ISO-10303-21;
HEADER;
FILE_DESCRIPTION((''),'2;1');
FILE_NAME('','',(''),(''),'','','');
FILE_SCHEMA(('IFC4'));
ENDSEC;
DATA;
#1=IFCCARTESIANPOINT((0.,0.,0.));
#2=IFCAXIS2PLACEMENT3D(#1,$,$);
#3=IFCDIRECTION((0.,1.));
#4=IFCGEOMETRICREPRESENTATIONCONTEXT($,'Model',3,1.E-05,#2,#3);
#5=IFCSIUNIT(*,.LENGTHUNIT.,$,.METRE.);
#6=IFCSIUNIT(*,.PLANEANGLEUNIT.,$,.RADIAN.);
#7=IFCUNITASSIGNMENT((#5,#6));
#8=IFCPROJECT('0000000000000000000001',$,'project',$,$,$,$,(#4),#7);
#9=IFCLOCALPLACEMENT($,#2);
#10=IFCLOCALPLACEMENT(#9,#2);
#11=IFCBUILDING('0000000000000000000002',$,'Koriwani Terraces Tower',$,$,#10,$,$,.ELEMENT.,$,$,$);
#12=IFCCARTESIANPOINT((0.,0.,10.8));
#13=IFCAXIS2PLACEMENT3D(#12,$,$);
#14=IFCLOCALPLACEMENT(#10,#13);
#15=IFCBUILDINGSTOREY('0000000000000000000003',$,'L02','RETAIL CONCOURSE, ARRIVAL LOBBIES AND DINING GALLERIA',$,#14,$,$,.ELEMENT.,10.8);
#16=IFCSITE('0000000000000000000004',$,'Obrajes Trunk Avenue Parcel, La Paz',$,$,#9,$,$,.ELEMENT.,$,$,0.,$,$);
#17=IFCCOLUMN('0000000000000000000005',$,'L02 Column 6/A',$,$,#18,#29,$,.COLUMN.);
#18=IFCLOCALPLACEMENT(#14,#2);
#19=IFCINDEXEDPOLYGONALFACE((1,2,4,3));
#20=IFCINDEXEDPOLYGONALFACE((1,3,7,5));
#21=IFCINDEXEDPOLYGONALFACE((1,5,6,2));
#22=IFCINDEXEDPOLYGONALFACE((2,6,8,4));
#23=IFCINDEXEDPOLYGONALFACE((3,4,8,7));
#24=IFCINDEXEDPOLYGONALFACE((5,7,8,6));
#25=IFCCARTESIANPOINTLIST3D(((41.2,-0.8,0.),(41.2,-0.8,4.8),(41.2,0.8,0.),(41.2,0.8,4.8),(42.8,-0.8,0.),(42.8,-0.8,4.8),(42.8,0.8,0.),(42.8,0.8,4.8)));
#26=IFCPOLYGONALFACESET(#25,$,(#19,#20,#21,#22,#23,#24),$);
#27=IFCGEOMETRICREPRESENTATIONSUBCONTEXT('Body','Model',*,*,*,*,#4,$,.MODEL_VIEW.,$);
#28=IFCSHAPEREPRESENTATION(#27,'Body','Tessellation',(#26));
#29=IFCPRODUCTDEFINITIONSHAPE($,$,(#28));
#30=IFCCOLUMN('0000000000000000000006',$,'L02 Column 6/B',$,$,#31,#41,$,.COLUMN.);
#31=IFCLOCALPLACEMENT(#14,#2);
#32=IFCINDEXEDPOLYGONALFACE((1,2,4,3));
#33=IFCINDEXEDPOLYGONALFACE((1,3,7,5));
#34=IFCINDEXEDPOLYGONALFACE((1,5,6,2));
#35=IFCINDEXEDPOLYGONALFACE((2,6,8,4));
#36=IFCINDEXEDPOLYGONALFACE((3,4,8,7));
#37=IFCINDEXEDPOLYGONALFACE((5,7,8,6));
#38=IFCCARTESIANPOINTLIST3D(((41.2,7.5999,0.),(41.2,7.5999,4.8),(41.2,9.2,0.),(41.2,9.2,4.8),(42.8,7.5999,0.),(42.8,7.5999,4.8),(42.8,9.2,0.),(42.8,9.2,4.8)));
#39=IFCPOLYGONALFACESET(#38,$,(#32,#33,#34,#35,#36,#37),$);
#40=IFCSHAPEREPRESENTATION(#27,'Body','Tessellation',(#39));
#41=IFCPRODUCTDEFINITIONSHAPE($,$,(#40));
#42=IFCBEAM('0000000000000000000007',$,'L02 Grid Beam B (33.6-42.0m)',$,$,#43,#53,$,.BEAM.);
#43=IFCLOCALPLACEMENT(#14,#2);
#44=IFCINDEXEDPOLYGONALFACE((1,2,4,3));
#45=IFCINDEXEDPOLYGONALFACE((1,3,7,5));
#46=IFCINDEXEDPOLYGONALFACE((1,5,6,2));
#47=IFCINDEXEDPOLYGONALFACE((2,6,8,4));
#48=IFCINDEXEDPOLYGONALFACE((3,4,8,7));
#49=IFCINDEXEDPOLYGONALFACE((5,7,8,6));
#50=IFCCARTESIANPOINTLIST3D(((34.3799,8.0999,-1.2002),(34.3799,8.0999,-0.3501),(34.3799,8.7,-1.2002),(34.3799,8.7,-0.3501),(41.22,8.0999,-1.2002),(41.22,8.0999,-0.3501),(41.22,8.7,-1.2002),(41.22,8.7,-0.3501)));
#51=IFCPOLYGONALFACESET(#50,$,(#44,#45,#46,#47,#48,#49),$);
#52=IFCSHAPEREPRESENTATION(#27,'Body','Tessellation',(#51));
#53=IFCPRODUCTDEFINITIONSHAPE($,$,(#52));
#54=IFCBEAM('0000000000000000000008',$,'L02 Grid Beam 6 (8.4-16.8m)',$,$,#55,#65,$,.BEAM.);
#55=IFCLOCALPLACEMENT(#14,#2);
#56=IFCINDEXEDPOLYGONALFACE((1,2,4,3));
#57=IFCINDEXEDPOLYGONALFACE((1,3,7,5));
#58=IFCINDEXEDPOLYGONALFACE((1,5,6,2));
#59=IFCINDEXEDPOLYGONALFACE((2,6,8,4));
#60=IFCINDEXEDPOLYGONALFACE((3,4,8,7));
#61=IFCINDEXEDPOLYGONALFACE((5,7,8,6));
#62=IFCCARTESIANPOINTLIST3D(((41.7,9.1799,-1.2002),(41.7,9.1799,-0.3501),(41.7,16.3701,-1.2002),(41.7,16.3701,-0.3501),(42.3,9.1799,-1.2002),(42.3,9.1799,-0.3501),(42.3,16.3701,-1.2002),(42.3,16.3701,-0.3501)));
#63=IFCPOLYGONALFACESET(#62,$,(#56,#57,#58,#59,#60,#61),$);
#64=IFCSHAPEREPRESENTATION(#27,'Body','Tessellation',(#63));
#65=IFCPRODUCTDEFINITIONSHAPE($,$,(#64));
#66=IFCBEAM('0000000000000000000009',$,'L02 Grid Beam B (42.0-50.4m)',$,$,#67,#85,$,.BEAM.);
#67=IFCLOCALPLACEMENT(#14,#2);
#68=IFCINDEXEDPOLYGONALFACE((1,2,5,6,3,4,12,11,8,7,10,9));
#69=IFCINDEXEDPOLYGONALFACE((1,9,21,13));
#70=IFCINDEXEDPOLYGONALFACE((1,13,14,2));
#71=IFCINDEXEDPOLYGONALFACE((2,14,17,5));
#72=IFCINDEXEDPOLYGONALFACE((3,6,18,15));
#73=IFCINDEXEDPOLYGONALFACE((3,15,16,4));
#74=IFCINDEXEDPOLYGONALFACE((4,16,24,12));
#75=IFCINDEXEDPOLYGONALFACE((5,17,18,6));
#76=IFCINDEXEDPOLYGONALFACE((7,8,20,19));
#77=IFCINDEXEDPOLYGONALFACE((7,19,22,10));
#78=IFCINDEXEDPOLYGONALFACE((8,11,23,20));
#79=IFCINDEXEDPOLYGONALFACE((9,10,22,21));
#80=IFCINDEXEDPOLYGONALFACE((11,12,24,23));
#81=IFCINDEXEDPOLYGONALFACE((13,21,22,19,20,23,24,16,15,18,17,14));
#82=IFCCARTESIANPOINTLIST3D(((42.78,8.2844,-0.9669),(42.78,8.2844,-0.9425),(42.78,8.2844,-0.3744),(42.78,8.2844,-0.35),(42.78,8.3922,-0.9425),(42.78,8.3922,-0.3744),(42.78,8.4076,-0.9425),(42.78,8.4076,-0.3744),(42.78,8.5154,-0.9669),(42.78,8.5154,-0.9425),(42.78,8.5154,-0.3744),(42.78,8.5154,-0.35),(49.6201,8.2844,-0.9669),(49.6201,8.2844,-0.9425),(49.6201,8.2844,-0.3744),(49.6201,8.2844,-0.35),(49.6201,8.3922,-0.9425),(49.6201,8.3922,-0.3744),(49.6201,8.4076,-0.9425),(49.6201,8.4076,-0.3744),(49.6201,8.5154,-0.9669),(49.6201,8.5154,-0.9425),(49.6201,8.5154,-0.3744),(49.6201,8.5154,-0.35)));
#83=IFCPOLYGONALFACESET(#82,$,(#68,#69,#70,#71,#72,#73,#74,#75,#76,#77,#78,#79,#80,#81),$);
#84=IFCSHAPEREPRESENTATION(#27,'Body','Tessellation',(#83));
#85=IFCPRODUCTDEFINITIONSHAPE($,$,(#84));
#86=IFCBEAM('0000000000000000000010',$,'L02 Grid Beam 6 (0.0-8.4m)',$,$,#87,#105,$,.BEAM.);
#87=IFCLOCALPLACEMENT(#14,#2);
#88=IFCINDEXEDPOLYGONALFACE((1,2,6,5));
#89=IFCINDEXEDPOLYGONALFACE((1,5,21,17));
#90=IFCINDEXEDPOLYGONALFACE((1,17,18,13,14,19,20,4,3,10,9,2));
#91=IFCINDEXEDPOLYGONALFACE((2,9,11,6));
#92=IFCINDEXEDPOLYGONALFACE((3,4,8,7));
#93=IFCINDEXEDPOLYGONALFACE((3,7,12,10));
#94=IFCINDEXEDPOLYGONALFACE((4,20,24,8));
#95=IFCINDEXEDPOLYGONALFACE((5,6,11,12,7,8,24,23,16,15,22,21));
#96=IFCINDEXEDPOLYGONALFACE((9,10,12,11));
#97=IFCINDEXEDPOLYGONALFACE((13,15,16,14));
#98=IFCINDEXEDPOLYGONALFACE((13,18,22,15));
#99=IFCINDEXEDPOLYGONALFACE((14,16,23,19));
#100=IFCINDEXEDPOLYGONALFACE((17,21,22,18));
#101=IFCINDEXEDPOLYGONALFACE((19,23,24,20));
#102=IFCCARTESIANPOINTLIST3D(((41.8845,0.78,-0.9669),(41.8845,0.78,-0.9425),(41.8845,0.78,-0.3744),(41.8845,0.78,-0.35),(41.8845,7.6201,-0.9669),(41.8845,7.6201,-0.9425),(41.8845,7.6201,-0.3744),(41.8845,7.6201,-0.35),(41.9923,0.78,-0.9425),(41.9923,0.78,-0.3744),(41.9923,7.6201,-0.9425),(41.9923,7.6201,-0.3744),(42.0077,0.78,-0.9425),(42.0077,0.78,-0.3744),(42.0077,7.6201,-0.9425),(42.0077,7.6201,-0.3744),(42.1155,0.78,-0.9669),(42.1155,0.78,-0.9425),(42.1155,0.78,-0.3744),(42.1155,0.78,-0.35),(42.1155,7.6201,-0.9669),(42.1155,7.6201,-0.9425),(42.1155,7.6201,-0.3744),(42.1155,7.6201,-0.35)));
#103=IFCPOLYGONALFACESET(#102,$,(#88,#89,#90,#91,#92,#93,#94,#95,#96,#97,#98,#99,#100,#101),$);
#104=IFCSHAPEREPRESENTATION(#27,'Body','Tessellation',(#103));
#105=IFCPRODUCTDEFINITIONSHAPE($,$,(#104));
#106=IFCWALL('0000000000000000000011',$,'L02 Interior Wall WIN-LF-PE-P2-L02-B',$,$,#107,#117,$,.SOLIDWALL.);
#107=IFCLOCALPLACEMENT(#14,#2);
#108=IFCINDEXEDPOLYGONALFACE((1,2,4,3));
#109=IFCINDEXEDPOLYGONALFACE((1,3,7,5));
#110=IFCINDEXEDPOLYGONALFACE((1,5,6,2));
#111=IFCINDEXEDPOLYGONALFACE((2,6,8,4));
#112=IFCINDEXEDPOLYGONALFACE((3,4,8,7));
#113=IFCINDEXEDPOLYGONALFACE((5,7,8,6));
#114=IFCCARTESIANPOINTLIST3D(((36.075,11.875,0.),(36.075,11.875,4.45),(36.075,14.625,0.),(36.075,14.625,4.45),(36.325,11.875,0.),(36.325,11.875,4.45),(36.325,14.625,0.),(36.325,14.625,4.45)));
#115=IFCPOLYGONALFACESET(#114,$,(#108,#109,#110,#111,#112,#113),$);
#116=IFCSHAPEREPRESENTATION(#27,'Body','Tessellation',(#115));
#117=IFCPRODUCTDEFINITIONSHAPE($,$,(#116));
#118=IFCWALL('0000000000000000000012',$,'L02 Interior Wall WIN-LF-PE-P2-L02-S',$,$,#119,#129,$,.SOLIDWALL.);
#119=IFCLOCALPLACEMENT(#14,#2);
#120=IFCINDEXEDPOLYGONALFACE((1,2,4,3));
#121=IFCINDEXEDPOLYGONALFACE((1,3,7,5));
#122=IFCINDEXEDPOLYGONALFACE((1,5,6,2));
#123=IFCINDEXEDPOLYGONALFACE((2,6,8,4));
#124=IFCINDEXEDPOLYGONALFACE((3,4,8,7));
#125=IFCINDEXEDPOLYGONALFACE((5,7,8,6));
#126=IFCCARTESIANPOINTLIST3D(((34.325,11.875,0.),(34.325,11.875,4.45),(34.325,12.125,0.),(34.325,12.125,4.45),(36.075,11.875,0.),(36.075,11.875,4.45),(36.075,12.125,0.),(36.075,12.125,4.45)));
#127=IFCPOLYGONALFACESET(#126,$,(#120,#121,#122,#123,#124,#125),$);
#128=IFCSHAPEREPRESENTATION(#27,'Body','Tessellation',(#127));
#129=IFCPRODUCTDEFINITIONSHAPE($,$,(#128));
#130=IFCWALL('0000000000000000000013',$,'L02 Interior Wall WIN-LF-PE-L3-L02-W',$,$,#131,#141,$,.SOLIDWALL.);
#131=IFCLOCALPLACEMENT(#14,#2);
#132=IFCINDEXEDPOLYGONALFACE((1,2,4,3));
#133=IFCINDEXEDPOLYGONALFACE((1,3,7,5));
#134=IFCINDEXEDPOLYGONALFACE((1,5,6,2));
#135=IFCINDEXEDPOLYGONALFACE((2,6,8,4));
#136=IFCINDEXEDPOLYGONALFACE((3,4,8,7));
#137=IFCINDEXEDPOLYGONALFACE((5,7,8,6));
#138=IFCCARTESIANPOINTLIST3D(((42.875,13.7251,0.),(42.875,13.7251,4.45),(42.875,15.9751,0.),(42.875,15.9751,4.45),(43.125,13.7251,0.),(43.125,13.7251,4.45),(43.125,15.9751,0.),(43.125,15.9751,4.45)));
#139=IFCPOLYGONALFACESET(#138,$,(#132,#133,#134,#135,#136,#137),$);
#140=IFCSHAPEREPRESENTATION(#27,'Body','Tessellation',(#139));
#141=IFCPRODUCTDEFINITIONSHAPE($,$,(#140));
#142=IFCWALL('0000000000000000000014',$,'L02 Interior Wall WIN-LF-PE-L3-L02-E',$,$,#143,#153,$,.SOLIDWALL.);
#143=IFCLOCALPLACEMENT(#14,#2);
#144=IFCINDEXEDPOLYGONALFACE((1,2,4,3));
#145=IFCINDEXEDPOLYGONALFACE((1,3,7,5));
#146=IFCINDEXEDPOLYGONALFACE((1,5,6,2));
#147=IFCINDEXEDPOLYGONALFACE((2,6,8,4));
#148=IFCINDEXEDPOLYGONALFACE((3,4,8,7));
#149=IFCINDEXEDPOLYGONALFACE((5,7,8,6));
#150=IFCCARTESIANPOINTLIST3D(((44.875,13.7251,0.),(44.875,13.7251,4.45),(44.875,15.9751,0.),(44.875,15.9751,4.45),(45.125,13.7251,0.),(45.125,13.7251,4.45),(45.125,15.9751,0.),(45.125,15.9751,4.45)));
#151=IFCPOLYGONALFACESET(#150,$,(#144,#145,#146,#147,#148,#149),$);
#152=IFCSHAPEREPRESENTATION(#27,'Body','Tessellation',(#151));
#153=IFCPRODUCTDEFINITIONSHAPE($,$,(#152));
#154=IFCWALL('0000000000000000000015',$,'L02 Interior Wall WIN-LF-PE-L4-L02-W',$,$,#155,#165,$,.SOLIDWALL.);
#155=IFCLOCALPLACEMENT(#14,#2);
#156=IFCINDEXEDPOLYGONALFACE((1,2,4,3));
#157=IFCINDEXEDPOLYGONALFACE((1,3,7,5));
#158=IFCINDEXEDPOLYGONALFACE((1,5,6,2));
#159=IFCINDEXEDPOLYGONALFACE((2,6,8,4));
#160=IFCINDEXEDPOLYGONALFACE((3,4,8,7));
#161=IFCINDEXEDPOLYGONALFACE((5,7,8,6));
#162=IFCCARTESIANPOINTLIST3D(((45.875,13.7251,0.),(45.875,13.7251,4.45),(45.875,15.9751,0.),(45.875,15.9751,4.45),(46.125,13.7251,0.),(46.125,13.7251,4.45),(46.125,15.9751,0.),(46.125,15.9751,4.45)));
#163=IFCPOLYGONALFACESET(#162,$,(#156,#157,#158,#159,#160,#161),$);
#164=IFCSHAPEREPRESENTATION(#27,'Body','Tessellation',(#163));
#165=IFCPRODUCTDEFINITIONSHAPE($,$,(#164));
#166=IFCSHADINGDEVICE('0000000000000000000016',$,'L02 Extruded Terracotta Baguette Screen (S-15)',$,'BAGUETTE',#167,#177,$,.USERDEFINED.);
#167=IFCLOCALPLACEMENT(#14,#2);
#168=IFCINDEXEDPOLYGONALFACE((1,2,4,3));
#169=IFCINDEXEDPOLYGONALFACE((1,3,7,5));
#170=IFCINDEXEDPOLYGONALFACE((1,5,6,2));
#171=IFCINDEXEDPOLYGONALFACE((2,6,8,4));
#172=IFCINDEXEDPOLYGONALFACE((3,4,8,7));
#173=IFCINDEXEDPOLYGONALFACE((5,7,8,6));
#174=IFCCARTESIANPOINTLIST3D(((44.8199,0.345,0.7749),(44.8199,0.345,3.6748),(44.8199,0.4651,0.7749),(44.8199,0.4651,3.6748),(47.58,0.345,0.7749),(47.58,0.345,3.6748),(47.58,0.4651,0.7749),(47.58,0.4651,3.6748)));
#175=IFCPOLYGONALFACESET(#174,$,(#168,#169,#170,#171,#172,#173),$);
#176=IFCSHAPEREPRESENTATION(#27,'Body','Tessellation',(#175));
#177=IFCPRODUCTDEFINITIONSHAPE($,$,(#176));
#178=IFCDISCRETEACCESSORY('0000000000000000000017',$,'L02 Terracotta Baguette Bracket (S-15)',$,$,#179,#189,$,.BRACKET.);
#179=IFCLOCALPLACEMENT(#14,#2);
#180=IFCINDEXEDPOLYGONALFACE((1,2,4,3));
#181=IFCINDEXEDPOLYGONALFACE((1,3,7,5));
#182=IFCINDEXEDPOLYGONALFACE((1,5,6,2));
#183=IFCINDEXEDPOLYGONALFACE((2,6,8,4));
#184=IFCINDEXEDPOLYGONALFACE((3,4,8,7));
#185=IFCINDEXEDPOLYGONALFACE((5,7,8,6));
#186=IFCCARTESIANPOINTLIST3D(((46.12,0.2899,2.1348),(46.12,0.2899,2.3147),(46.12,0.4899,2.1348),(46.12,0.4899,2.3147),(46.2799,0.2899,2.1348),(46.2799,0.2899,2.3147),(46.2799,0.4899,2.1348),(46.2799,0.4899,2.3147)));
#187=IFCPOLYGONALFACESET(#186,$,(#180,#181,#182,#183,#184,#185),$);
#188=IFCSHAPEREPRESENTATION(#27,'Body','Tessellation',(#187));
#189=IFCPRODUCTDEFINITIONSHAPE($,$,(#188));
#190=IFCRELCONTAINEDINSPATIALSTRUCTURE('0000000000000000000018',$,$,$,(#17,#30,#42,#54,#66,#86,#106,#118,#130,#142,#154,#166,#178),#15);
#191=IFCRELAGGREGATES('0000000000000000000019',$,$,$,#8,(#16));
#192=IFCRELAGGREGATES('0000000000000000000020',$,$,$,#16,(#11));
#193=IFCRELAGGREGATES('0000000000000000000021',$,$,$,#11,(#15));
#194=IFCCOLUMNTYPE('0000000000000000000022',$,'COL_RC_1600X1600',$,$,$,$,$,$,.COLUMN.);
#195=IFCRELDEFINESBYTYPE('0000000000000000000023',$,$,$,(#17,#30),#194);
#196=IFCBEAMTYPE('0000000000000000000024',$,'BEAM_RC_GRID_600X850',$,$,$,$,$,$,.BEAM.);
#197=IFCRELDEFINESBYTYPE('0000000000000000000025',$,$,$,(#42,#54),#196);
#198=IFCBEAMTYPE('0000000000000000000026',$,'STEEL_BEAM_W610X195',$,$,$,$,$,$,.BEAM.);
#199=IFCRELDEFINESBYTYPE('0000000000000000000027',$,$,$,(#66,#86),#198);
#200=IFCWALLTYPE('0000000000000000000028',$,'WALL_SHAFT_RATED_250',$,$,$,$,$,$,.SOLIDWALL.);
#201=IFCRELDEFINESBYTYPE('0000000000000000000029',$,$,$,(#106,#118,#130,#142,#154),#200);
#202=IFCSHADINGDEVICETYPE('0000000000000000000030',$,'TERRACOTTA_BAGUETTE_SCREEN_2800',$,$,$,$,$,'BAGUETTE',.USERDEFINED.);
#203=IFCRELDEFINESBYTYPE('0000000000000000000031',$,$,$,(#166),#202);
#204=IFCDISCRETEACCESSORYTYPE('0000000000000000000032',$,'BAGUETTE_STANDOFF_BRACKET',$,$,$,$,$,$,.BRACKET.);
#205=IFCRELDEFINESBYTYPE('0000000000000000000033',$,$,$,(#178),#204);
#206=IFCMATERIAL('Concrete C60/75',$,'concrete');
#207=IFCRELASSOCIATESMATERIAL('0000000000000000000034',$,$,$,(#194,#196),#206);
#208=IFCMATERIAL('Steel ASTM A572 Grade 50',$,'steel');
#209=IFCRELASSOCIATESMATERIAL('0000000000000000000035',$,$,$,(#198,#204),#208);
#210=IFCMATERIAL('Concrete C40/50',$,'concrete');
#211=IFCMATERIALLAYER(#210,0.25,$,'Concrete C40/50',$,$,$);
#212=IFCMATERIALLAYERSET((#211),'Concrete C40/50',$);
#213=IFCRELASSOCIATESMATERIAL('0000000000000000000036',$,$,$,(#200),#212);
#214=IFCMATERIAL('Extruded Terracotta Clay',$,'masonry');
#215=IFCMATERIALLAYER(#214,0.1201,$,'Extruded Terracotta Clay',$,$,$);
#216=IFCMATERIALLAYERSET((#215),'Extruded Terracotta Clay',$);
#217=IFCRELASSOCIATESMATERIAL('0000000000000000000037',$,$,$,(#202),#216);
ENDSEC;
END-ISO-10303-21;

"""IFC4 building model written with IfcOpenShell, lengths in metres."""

from ifc_helpers import new_model, si_unit, direction, frame, frame_2d, origin, origin_2d, place, context, subcontext, project, spatial, rectangle, i_section, extrude, material, layer, layer_set, material_profile, profile_set, type_object, element, save


model = new_model("IFC4")

# Units and contexts
model_context = context("Model", 3, precision=1e-05, world=origin(), true_north=direction((0.0, 1.0)))
body_context = subcontext(model_context, "Body", "Model", "MODEL_VIEW")
ifc_project = project(units=[si_unit("LENGTHUNIT", "METRE"), si_unit("PLANEANGLEUNIT", "RADIAN")], contexts=[model_context])

# Site, building, storey
site_placement = place(None, origin())
site = spatial("IfcSite", under=ifc_project, at=site_placement, Name="Obrajes Trunk Avenue Parcel, La Paz", CompositionType="ELEMENT", RefElevation=0.0)
building_placement = place(site_placement, origin())
building = spatial("IfcBuilding", under=site, at=building_placement, Name="Koriwani Terraces Tower", CompositionType="ELEMENT")
storey_placement = place(building_placement, frame((0.0, 0.0, 10.8)))
storey = spatial("IfcBuildingStorey", under=building, at=storey_placement, Name="L02", Description="RETAIL CONCOURSE, ARRIVAL LOBBIES AND DINING GALLERIA", CompositionType="ELEMENT", Elevation=10.8)

# Columns
ifc_material_1 = material(Name="Concrete C60/75", Category="concrete")
ifc_material_profile_1 = material_profile(ifc_material_1, rectangle(XDim=1.6001, YDim=1.6001, at=origin_2d()), Name="Concrete C60/75", Category="LoadBearing")
ifc_profile_set_1 = profile_set([ifc_material_profile_1], Name="Concrete C60/75")
column_type = type_object("IfcColumnType", Name="COL_RC_1600X1600", PredefinedType="COLUMN", material=ifc_profile_set_1)
for number, where, z_axis, x_axis, name in (
    (1, (42.0, 0.0, 0.0), (0.0, 0.0, 1.0), (1.0, 0.0, 0.0), "L02 Column 6/A"),
    (2, (42.0, 8.3999, 0.0), (0.0, 0.0, 1.0), (1.0, 0.0, 0.0), "L02 Column 6/B"),
):
    element("IfcColumn", number, at=place(storey_placement, frame(where, z_axis=z_axis, x_axis=x_axis)), inside=storey, type_object=column_type, Name=name, PredefinedType="COLUMN", context=body_context, shape_type="SweptSolid", body=[
        extrude(rectangle(XDim=1.6001, YDim=1.6001, at=origin_2d()), origin(), (0.0, 0.0, 1.0), 4.8),
    ])

# Beams
ifc_material_profile_2 = material_profile(ifc_material_1, rectangle(XDim=0.6001, YDim=0.8501, at=origin_2d()), Name="Concrete C60/75", Category="LoadBearing")
ifc_profile_set_2 = profile_set([ifc_material_profile_2], Name="Concrete C60/75")
beam_type_1 = type_object("IfcBeamType", Name="BEAM_RC_GRID_600X850", PredefinedType="BEAM", material=ifc_profile_set_2)
beam_1_placement = place(storey_placement, frame((34.3799, 8.3999, -0.7751), z_axis=(1.0, 0.0, 0.0), x_axis=(0.0, 1.0, 0.0)))
element("IfcBeam", 3, at=beam_1_placement, inside=storey, type_object=beam_type_1, Name="L02 Grid Beam B (33.6-42.0m)", PredefinedType="BEAM", context=body_context, shape_type="SweptSolid", body=[
    extrude(rectangle(XDim=0.6001, YDim=0.8501, at=origin_2d()), origin(), (0.0, 0.0, 1.0), 6.8401),
])
beam_2_placement = place(storey_placement, frame((42.0, 9.1799, -0.7751), z_axis=(0.0, 1.0, 0.0), x_axis=(-1.0, 0.0, 0.0)))
element("IfcBeam", 4, at=beam_2_placement, inside=storey, type_object=beam_type_1, Name="L02 Grid Beam 6 (8.4-16.8m)", PredefinedType="BEAM", context=body_context, shape_type="SweptSolid", body=[
    extrude(rectangle(XDim=0.6001, YDim=0.8501, at=origin_2d()), origin(), (0.0, 0.0, 1.0), 7.1902),
])
ifc_material_2 = material(Name="Steel ASTM A572 Grade 50", Category="steel")
ifc_material_profile_3 = material_profile(ifc_material_2, i_section(OverallWidth=0.231, OverallDepth=0.6169, WebThickness=0.0154, FlangeThickness=0.0244, at=origin_2d()), Name="Steel ASTM A572 Grade 50", Category="LoadBearing")
ifc_profile_set_3 = profile_set([ifc_material_profile_3], Name="Steel ASTM A572 Grade 50")
beam_type_2 = type_object("IfcBeamType", Name="STEEL_BEAM_W610X195", PredefinedType="BEAM", material=ifc_profile_set_3)
for number, where, z_axis, x_axis, name in (
    (5, (42.78, 8.3999, -0.6584), (1.0, 0.0, 0.0), (0.0, 1.0, 0.0), "L02 Grid Beam B (42.0-50.4m)"),
    (6, (42.0, 0.78, -0.6584), (0.0, 1.0, 0.0), (-1.0, 0.0, 0.0), "L02 Grid Beam 6 (0.0-8.4m)"),
):
    element("IfcBeam", number, at=place(storey_placement, frame(where, z_axis=z_axis, x_axis=x_axis)), inside=storey, type_object=beam_type_2, Name=name, PredefinedType="BEAM", context=body_context, shape_type="SweptSolid", body=[
        extrude(i_section(OverallWidth=0.231, OverallDepth=0.6169, WebThickness=0.0154, FlangeThickness=0.0244, at=origin_2d()), origin(), (0.0, 0.0, 1.0), 6.8401),
    ])

# Shared definitions
ifc_material_3 = material(Name="Concrete C40/50", Category="concrete")
ifc_layer_1 = layer(ifc_material_3, 0.25, Name="Concrete C40/50")
ifc_layer_set_1 = layer_set([ifc_layer_1], Name="Concrete C40/50")
wall_type = type_object("IfcWallType", Name="WALL_SHAFT_RATED_250", PredefinedType="SOLIDWALL", material=ifc_layer_set_1)

# Walls
wall_1_placement = place(storey_placement, frame((36.2, 11.875, 0.0), z_axis=(0.0, 0.0, 1.0), x_axis=(0.0, 1.0, 0.0)))
element("IfcWall", 7, at=wall_1_placement, inside=storey, type_object=wall_type, Name="L02 Interior Wall WIN-LF-PE-P2-L02-B", PredefinedType="SOLIDWALL", context=body_context, shape_type="SweptSolid", body=[
    extrude(rectangle(XDim=2.75, YDim=0.25, at=frame_2d((1.375, 0.0))), origin(), (0.0, 0.0, 1.0), 4.45),
])
wall_2_placement = place(storey_placement, frame((34.325, 12.0, 0.0), z_axis=(0.0, 0.0, 1.0), x_axis=(1.0, 0.0, 0.0)))
element("IfcWall", 8, at=wall_2_placement, inside=storey, type_object=wall_type, Name="L02 Interior Wall WIN-LF-PE-P2-L02-S", PredefinedType="SOLIDWALL", context=body_context, shape_type="SweptSolid", body=[
    extrude(rectangle(XDim=1.75, YDim=0.25, at=frame_2d((0.875, 0.0))), origin(), (0.0, 0.0, 1.0), 4.45),
])

# Walls
for number, where, z_axis, x_axis, name in (
    (9, (43.0, 13.7251, 0.0), (0.0, 0.0, 1.0), (0.0, 1.0, 0.0), "L02 Interior Wall WIN-LF-PE-L3-L02-W"),
    (10, (45.0, 13.7251, 0.0), (0.0, 0.0, 1.0), (0.0, 1.0, 0.0), "L02 Interior Wall WIN-LF-PE-L3-L02-E"),
):
    element("IfcWall", number, at=place(storey_placement, frame(where, z_axis=z_axis, x_axis=x_axis)), inside=storey, type_object=wall_type, Name=name, PredefinedType="SOLIDWALL", context=body_context, shape_type="SweptSolid", body=[
        extrude(rectangle(XDim=2.25, YDim=0.25, at=frame_2d((1.125, 0.0))), origin(), (0.0, 0.0, 1.0), 4.45),
    ])

# Wall
wall_3_placement = place(storey_placement, frame((46.0, 13.7251, 0.0), z_axis=(0.0, 0.0, 1.0), x_axis=(0.0, 1.0, 0.0)))
element("IfcWall", 11, at=wall_3_placement, inside=storey, type_object=wall_type, Name="L02 Interior Wall WIN-LF-PE-L4-L02-W", PredefinedType="SOLIDWALL", context=body_context, shape_type="SweptSolid", body=[
    extrude(rectangle(XDim=2.25, YDim=0.25, at=frame_2d((1.125, 0.0))), origin(), (0.0, 0.0, 1.0), 4.45),
])

# Shading device
ifc_material_4 = material(Name="Extruded Terracotta Clay", Category="masonry")
ifc_layer_2 = layer(ifc_material_4, 0.1201, Name="Extruded Terracotta Clay")
ifc_layer_set_2 = layer_set([ifc_layer_2], Name="Extruded Terracotta Clay")
shading_device_type = type_object("IfcShadingDeviceType", Name="TERRACOTTA_BAGUETTE_SCREEN_2800", ElementType="BAGUETTE", PredefinedType="USERDEFINED", material=ifc_layer_set_2)
shading_device_placement = place(storey_placement, frame((46.2, 0.405, 0.7749), z_axis=(0.0, 0.0, 1.0), x_axis=(-1.0, 0.0, 0.0)))
element("IfcShadingDevice", 12, at=shading_device_placement, inside=storey, type_object=shading_device_type, Name="L02 Extruded Terracotta Baguette Screen (S-15)", ObjectType="BAGUETTE", PredefinedType="USERDEFINED", context=body_context, shape_type="SweptSolid", body=[
    extrude(rectangle(XDim=2.76, YDim=0.1201, at=origin_2d()), origin(), (0.0, 0.0, 1.0), 2.8999),
])

# Discrete accessory
discrete_accessory_type = type_object("IfcDiscreteAccessoryType", Name="BAGUETTE_STANDOFF_BRACKET", PredefinedType="BRACKET", material=ifc_material_2)
discrete_accessory_placement = place(storey_placement, frame((46.2, 0.3899, 2.1348), z_axis=(0.0, 0.0, 1.0), x_axis=(-1.0, 0.0, 0.0)))
element("IfcDiscreteAccessory", 13, at=discrete_accessory_placement, inside=storey, type_object=discrete_accessory_type, Name="L02 Terracotta Baguette Bracket (S-15)", PredefinedType="BRACKET", context=body_context, shape_type="SweptSolid", body=[
    extrude(rectangle(XDim=0.1599, YDim=0.2, at=origin_2d()), origin(), (0.0, 0.0, 1.0), 0.1799),
])

save(model, "model.ifc")
